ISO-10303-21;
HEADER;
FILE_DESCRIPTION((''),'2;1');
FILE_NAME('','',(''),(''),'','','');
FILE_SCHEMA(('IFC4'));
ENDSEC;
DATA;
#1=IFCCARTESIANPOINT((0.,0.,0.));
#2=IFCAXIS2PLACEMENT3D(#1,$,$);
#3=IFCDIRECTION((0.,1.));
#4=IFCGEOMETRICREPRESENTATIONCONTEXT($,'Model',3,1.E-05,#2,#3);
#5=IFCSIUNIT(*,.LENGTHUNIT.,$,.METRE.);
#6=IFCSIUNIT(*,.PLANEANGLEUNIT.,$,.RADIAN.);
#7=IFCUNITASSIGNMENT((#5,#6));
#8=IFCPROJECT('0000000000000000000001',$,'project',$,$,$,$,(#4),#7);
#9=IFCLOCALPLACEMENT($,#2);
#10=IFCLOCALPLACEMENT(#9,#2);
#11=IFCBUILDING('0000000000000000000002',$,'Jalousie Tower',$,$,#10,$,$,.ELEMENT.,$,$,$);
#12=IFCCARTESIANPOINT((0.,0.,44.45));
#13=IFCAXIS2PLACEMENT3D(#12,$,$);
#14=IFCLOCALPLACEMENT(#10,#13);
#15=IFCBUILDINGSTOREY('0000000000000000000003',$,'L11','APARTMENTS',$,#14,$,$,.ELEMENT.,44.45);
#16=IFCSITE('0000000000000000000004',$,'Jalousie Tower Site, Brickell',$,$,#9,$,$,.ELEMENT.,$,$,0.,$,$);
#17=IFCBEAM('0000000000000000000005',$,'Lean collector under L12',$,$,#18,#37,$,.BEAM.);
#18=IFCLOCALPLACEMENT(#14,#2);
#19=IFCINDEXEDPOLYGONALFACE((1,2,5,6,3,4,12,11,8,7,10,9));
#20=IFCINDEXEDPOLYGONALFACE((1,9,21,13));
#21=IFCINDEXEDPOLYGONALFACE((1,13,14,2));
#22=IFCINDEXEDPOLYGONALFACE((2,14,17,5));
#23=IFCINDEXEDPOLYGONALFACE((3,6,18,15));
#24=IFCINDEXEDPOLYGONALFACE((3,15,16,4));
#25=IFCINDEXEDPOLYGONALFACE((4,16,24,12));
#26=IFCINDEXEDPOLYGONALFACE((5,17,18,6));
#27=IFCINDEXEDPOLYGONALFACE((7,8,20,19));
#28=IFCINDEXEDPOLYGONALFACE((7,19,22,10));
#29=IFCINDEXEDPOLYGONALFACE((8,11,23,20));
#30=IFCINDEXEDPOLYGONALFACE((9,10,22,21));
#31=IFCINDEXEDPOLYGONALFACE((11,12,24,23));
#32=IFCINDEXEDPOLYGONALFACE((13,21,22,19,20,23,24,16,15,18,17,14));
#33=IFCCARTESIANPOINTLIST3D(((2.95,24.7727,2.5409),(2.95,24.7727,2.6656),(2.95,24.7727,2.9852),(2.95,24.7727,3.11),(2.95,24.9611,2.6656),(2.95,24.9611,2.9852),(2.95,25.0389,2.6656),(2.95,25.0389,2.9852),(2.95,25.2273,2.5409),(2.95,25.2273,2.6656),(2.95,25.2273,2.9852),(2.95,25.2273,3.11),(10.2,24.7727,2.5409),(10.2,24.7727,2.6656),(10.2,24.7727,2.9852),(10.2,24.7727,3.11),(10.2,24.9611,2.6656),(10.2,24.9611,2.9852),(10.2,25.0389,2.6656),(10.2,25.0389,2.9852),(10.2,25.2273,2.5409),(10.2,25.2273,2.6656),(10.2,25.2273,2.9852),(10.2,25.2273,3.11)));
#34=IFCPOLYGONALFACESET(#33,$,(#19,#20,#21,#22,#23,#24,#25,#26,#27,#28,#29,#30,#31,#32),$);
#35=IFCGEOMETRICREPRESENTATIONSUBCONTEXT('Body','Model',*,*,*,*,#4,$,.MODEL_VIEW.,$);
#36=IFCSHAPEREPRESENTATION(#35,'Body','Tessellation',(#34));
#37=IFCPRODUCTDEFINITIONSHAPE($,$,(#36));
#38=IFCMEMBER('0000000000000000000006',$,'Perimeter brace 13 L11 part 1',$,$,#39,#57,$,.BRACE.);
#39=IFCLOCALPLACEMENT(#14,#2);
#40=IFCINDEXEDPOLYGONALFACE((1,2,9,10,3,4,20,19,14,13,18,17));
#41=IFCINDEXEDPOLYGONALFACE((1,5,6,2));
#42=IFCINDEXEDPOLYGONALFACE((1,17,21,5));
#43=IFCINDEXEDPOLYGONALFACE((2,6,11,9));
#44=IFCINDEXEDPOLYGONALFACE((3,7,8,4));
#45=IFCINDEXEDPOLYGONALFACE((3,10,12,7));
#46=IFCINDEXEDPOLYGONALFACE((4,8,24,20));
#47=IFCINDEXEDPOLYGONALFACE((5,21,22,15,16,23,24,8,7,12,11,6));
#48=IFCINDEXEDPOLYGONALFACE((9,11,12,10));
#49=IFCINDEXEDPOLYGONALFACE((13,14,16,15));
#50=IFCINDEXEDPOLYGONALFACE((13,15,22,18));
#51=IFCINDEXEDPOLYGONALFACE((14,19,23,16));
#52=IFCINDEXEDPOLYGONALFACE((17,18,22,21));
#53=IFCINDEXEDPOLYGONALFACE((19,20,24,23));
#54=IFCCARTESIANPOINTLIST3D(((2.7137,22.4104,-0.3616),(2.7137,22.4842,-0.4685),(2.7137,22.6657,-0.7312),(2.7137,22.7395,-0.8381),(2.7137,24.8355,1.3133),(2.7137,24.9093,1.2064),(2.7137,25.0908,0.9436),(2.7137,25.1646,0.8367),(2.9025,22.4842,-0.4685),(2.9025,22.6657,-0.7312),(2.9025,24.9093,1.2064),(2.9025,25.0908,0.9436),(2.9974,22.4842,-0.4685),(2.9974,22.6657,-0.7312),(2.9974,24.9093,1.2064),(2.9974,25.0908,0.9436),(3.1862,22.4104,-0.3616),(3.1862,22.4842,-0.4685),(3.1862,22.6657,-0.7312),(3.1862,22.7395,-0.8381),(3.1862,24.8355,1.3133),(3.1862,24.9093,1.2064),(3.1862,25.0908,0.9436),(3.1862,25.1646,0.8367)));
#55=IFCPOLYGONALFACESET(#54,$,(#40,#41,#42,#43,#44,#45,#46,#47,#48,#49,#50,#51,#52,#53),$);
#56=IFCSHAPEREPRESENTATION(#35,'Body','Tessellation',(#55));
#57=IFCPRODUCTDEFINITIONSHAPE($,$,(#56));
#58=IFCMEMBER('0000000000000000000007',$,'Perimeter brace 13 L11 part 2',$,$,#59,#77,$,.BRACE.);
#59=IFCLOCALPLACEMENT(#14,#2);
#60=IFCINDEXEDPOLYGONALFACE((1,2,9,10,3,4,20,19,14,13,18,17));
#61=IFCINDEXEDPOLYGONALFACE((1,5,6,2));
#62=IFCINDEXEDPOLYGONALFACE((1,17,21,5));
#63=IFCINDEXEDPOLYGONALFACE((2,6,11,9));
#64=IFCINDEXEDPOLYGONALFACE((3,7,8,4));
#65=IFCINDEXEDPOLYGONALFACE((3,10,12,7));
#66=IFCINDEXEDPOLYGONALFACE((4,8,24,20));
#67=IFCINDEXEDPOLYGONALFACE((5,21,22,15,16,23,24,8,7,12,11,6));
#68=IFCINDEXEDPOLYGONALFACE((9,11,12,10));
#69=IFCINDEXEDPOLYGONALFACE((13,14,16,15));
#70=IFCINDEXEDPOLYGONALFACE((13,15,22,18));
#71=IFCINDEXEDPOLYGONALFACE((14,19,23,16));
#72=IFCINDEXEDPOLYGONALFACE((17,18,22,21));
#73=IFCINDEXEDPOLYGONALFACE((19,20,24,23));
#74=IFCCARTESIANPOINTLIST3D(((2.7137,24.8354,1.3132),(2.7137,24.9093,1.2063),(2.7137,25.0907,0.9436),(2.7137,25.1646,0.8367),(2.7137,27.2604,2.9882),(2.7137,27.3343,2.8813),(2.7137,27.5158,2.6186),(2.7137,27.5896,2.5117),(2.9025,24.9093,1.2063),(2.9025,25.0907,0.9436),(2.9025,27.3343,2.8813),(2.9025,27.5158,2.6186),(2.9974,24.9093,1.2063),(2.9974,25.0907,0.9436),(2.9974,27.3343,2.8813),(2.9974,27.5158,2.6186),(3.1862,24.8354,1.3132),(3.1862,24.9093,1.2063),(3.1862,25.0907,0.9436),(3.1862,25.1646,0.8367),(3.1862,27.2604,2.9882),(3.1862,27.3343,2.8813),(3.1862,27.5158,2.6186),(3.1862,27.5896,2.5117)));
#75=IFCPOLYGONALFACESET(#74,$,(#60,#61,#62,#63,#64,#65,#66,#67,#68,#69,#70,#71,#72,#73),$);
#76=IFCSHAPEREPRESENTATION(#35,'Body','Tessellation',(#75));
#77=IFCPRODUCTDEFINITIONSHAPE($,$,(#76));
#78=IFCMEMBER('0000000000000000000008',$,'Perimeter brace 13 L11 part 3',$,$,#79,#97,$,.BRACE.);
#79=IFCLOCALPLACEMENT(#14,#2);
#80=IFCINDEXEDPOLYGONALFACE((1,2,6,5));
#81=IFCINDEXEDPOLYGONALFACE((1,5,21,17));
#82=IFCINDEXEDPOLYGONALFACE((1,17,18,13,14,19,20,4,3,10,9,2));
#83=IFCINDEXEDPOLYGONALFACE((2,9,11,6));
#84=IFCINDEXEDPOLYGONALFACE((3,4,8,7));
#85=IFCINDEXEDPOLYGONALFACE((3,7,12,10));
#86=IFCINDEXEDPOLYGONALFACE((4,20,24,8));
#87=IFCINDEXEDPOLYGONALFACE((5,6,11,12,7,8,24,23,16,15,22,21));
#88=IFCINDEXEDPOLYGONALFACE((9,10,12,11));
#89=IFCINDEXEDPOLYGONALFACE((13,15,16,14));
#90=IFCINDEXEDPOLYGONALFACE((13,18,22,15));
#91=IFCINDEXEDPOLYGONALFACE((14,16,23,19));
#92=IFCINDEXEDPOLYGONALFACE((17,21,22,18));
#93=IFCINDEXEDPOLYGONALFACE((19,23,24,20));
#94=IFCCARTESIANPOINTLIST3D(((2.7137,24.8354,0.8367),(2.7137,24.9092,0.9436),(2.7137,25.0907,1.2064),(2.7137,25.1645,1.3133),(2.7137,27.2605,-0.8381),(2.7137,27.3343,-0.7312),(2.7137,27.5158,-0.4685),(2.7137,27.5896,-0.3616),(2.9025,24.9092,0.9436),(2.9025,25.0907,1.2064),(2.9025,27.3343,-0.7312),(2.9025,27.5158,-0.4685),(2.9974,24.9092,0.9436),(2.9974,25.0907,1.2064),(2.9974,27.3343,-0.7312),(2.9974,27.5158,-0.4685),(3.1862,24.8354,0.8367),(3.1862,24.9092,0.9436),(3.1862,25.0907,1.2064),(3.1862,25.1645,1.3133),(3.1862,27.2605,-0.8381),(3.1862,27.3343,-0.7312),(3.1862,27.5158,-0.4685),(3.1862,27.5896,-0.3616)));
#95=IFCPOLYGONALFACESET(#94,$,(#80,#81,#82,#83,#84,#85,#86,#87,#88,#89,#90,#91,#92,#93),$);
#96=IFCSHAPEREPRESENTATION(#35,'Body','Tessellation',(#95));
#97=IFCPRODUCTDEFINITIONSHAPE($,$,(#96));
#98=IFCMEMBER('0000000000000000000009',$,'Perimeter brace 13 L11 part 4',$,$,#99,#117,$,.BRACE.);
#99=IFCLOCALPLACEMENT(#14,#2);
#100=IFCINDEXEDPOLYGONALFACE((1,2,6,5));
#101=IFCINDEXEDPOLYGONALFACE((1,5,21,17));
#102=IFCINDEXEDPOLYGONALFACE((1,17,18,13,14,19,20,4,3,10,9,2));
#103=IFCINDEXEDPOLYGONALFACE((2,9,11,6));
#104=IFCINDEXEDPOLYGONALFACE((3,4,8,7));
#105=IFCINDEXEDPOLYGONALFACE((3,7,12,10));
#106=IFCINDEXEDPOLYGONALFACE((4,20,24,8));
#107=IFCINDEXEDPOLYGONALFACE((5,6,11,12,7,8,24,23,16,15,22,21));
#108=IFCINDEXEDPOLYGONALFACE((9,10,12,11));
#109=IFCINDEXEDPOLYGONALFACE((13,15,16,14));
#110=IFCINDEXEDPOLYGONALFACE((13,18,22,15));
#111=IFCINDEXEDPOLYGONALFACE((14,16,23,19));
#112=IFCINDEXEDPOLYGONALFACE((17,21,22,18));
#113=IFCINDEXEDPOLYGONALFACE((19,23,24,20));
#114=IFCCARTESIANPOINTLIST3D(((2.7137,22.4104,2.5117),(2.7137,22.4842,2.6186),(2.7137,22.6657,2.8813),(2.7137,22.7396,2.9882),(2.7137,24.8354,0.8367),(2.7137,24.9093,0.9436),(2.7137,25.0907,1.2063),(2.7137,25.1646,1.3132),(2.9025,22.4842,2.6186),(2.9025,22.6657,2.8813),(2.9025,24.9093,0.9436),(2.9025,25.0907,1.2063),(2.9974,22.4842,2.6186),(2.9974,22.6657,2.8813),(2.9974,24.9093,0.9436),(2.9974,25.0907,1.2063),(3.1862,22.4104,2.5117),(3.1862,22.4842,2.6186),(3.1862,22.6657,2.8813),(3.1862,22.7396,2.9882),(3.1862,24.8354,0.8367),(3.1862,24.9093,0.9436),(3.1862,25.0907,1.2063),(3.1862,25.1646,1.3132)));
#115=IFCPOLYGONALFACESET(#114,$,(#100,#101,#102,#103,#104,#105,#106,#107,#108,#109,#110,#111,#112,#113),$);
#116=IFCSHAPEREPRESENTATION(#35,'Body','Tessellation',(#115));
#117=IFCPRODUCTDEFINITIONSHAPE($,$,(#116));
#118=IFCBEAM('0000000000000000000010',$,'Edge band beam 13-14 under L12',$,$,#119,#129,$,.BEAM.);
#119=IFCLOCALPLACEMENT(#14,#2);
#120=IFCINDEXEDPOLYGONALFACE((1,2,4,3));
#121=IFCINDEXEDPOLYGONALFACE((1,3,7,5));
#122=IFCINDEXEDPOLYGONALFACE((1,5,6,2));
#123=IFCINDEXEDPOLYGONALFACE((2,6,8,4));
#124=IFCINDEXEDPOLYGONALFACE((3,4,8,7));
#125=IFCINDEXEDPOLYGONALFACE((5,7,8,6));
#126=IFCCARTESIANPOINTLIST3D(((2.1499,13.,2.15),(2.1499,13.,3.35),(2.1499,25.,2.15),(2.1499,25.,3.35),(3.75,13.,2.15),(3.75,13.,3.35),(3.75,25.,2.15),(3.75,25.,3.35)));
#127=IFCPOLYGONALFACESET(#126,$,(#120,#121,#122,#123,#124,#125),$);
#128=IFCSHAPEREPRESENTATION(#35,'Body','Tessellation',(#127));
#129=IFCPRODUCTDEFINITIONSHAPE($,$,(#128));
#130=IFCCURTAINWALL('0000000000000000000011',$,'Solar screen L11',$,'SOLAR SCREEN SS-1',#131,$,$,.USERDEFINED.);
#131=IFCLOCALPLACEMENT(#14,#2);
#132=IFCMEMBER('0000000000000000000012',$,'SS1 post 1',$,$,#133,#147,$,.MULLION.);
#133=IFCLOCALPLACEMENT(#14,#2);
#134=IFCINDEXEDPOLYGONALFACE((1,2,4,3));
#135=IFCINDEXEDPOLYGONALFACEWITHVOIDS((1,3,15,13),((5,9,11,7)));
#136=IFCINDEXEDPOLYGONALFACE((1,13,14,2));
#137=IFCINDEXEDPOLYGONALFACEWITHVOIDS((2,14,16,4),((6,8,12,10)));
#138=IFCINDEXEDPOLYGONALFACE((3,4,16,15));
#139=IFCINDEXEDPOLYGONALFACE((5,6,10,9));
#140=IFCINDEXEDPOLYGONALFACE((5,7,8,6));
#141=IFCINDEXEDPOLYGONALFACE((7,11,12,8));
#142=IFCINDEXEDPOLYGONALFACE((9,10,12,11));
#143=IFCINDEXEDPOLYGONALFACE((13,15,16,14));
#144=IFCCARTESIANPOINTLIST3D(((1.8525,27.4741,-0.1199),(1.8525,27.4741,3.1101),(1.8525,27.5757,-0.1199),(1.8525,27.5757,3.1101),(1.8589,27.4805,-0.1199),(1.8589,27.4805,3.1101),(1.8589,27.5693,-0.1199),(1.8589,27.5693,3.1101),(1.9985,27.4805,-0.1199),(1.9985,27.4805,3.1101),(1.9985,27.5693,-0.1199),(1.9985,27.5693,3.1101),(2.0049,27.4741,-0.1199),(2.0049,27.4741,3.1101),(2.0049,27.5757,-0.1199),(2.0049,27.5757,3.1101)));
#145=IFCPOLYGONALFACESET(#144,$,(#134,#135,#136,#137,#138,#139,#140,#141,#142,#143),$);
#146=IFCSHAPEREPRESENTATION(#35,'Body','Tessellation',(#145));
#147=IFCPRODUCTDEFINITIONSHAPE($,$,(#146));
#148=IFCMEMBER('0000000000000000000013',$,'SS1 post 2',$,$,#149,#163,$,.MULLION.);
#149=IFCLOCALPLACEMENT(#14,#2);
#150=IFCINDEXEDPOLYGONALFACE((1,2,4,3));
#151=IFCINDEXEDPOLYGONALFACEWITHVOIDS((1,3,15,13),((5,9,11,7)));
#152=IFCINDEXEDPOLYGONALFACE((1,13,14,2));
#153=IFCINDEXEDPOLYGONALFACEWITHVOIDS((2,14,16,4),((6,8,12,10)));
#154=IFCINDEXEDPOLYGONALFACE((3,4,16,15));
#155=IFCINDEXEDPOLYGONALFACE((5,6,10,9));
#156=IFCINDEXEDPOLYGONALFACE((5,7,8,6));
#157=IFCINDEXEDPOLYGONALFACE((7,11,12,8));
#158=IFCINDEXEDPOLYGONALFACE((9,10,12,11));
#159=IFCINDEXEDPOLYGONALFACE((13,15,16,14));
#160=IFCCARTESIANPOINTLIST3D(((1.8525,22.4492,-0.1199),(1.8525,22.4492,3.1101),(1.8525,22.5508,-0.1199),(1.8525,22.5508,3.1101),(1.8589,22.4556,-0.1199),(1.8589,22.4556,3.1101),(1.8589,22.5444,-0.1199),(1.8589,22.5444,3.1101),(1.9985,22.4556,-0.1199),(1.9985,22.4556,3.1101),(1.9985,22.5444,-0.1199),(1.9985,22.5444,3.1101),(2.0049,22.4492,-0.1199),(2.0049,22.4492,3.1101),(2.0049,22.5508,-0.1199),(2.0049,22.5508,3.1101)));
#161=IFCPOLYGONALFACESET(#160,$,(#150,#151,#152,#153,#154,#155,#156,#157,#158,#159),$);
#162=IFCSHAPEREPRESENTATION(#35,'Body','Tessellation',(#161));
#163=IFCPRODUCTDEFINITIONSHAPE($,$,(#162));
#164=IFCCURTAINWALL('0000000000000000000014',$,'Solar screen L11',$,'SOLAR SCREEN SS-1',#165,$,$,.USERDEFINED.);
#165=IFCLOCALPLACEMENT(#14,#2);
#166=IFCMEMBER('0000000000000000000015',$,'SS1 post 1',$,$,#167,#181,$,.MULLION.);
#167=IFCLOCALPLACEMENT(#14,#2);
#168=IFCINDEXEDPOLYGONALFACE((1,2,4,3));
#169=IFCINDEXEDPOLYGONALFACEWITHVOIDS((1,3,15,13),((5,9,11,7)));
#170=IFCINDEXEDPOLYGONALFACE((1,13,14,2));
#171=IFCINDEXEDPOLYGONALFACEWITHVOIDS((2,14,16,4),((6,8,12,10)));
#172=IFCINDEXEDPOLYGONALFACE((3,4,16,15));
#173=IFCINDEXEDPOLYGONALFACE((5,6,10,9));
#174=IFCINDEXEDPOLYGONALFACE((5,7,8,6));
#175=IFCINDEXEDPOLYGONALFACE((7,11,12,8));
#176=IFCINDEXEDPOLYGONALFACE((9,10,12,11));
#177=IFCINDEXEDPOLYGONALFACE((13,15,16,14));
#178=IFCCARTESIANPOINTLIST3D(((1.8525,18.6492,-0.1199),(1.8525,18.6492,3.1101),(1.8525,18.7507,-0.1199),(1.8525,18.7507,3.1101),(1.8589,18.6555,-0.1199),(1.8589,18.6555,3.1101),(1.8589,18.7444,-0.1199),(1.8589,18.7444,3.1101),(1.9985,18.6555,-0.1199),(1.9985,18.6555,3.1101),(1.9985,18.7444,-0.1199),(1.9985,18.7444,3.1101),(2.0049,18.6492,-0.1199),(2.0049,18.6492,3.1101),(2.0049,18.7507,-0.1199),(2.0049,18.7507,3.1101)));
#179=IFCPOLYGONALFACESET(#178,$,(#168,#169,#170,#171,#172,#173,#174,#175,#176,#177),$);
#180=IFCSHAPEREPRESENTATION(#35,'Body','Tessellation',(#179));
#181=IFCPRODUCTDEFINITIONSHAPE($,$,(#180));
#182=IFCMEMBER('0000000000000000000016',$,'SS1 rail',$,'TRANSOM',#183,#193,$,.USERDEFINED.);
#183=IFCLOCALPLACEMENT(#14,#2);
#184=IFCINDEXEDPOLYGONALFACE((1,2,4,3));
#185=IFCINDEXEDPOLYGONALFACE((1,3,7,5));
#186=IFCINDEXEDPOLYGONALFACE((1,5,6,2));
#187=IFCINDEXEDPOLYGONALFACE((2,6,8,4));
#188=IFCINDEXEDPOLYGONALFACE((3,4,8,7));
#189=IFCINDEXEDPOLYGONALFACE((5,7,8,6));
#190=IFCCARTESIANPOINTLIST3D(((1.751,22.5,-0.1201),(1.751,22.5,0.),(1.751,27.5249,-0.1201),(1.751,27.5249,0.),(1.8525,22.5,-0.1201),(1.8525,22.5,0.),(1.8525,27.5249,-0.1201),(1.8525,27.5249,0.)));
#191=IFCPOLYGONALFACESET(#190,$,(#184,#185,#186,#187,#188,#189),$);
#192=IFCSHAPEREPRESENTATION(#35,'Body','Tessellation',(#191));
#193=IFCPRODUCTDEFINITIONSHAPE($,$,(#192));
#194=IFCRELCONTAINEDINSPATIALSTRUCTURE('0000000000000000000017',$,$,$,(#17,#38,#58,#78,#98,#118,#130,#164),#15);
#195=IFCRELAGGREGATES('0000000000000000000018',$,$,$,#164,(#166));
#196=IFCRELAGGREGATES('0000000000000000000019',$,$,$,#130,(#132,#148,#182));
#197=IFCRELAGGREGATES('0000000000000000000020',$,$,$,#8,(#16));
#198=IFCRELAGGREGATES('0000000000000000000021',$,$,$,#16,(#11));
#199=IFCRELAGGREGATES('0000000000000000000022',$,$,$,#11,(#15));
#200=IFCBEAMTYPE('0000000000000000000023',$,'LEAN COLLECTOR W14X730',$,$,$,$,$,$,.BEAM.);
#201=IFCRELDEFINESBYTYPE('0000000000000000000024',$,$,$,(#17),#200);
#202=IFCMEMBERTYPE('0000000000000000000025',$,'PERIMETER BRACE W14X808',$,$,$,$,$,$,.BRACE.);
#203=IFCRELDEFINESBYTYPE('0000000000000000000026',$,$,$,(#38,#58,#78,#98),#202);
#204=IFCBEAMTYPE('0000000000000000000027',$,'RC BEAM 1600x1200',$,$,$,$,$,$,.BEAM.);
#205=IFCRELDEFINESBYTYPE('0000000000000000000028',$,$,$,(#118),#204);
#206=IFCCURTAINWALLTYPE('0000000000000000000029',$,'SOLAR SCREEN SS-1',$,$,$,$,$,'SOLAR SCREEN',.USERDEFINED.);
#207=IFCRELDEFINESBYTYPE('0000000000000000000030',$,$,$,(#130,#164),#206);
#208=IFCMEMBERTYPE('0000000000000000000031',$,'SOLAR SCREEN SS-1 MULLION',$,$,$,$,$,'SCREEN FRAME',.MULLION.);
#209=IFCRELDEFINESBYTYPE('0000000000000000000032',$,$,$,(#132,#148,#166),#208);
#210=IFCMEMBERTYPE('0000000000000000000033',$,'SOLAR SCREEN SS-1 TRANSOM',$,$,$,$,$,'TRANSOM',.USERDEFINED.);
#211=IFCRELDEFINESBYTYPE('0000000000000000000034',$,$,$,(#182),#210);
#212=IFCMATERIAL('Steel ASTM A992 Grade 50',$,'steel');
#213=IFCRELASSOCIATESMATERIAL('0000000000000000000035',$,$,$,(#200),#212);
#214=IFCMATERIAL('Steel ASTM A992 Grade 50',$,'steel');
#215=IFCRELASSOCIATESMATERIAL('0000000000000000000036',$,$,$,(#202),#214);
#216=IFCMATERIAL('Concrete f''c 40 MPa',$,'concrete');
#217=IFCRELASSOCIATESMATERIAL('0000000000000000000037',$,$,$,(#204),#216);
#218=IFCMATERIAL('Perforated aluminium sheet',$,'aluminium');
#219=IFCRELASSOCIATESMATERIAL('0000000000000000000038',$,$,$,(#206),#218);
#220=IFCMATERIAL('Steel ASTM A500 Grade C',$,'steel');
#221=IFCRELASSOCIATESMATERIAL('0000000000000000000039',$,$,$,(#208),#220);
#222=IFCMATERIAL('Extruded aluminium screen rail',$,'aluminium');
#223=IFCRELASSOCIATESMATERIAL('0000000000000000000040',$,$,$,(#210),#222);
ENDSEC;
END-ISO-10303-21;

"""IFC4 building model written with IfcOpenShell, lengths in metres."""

from ifc_helpers import new_model, si_unit, direction, frame, origin, origin_2d, place, context, subcontext, project, spatial, rectangle, hollow_rectangle, i_section, extrude, material, material_profile, profile_set, type_object, element, aggregate, save


model = new_model("IFC4")

# Units and contexts
model_context = context("Model", 3, precision=1e-05, world=origin(), true_north=direction((0.0, 1.0)))
body_context = subcontext(model_context, "Body", "Model", "MODEL_VIEW")
ifc_project = project(units=[si_unit("LENGTHUNIT", "METRE"), si_unit("PLANEANGLEUNIT", "RADIAN")], contexts=[model_context])

# Site, building, storey
site_placement = place(None, origin())
site = spatial("IfcSite", under=ifc_project, at=site_placement, Name="Jalousie Tower Site, Brickell", CompositionType="ELEMENT", RefElevation=0.0)
building_placement = place(site_placement, origin())
building = spatial("IfcBuilding", under=site, at=building_placement, Name="Jalousie Tower", CompositionType="ELEMENT")
storey_placement = place(building_placement, frame((0.0, 0.0, 44.45)))
storey = spatial("IfcBuildingStorey", under=building, at=storey_placement, Name="L11", Description="APARTMENTS", CompositionType="ELEMENT", Elevation=44.45)

# Beam
ifc_material_1 = material(Name="Steel ASTM A992 Grade 50", Category="steel")
ifc_material_profile_1 = material_profile(ifc_material_1, i_section(OverallWidth=0.4546, OverallDepth=0.5691, WebThickness=0.0779, FlangeThickness=0.1248, at=origin_2d()), Name="W14X730")
ifc_profile_set_1 = profile_set([ifc_material_profile_1], Name="Steel ASTM A992 Grade 50")
beam_type_1 = type_object("IfcBeamType", Name="LEAN COLLECTOR W14X730", PredefinedType="BEAM", material=ifc_profile_set_1)
beam_1_placement = place(storey_placement, frame((2.95, 25.0, 2.8254), z_axis=(1.0, 0.0, 0.0), x_axis=(0.0, 1.0, 0.0)))
element("IfcBeam", 1, at=beam_1_placement, inside=storey, type_object=beam_type_1, Name="Lean collector under L12", PredefinedType="BEAM", context=body_context, shape_type="SweptSolid", body=[
    extrude(i_section(OverallWidth=0.4546, OverallDepth=0.5691, WebThickness=0.0779, FlangeThickness=0.1248, at=origin_2d()), origin(), (0.0, 0.0, 1.0), 7.25),
])

# Members
ifc_material_2 = material(Name="Steel ASTM A992 Grade 50", Category="steel")
ifc_material_profile_2 = material_profile(ifc_material_2, i_section(OverallWidth=0.4724, OverallDepth=0.5791, WebThickness=0.095, FlangeThickness=0.1299, at=origin_2d()), Name="W14X808")
ifc_profile_set_2 = profile_set([ifc_material_profile_2], Name="Steel ASTM A992 Grade 50")
member_type_1 = type_object("IfcMemberType", Name="PERIMETER BRACE W14X808", PredefinedType="BRACE", material=ifc_profile_set_2)
for number, where, z_axis, x_axis, name in (
    (2, (2.95, 22.575, -0.5999), (0.0, 0.822839, 0.568275), (-1.0, 0.0, 0.0), "Perimeter brace 13 L11 part 1"),
    (3, (2.95, 25.0, 1.075), (0.0, 0.8228, 0.568331), (-1.0, 0.0, 0.0), "Perimeter brace 13 L11 part 2"),
    (4, (2.95, 27.425, -0.5999), (0.0, -0.822839, 0.568275), (1.0, 0.0, 0.0), "Perimeter brace 13 L11 part 3"),
    (5, (2.95, 25.0, 1.075), (0.0, -0.8228, 0.568331), (1.0, 0.0, 0.0), "Perimeter brace 13 L11 part 4"),
):
    element("IfcMember", number, at=place(storey_placement, frame(where, z_axis=z_axis, x_axis=x_axis)), inside=storey, type_object=member_type_1, Name=name, PredefinedType="BRACE", context=body_context, shape_type="SweptSolid", body=[
        extrude(i_section(OverallWidth=0.4724, OverallDepth=0.5791, WebThickness=0.095, FlangeThickness=0.1299, at=origin_2d()), origin(), (0.0, 0.0, 1.0), 2.9473),
    ])

# Beam
ifc_material_3 = material(Name="Concrete f'c 40 MPa", Category="concrete")
ifc_material_profile_3 = material_profile(ifc_material_3, rectangle(XDim=1.6001, YDim=1.2, at=origin_2d()), Name="RC 1600x1200")
ifc_profile_set_3 = profile_set([ifc_material_profile_3], Name="Concrete f'c 40 MPa")
beam_type_2 = type_object("IfcBeamType", Name="RC BEAM 1600x1200", PredefinedType="BEAM", material=ifc_profile_set_3)
beam_2_placement = place(storey_placement, frame((2.95, 25.0, 2.75), z_axis=(0.0, -1.0, 0.0), x_axis=(1.0, 0.0, 0.0)))
element("IfcBeam", 6, at=beam_2_placement, inside=storey, type_object=beam_type_2, Name="Edge band beam 13-14 under L12", PredefinedType="BEAM", context=body_context, shape_type="SweptSolid", body=[
    extrude(rectangle(XDim=1.6001, YDim=1.2, at=origin_2d()), origin(), (0.0, 0.0, 1.0), 12.0),
])

# Curtain wall, members
ifc_material_4 = material(Name="Perforated aluminium sheet", Category="aluminium")
curtain_wall_type = type_object("IfcCurtainWallType", Name="SOLAR SCREEN SS-1", ElementType="SOLAR SCREEN", PredefinedType="USERDEFINED", material=ifc_material_4)
curtain_wall_1_placement = place(storey_placement, origin())
curtain_wall_1 = element("IfcCurtainWall", 7, at=curtain_wall_1_placement, inside=storey, type_object=curtain_wall_type, Name="Solar screen L11", ObjectType="SOLAR SCREEN SS-1", PredefinedType="USERDEFINED")
ifc_material_5 = material(Name="Steel ASTM A500 Grade C", Category="steel")
ifc_material_profile_4 = material_profile(ifc_material_5, hollow_rectangle(XDim=0.1016, YDim=0.1523, WallThickness=0.0063, at=origin_2d()), Name="HSS6X4X1/4")
ifc_profile_set_4 = profile_set([ifc_material_profile_4], Name="Steel ASTM A500 Grade C")
member_type_2 = type_object("IfcMemberType", Name="SOLAR SCREEN SS-1 MULLION", ElementType="SCREEN FRAME", PredefinedType="MULLION", material=ifc_profile_set_4)
member_1_placement = place(storey_placement, frame((1.9287, 27.5249, -0.1199), z_axis=(0.0, 0.0, 1.0), x_axis=(0.0, -1.0, 0.0)))
member_1 = element("IfcMember", 8, at=member_1_placement, type_object=member_type_2, Name="SS1 post 1", PredefinedType="MULLION", context=body_context, shape_type="SweptSolid", body=[
    extrude(hollow_rectangle(XDim=0.1016, YDim=0.1523, WallThickness=0.0063, at=origin_2d()), origin(), (0.0, 0.0, 1.0), 3.23),
])
member_2_placement = place(storey_placement, frame((1.9287, 22.5, -0.1199), z_axis=(0.0, 0.0, 1.0), x_axis=(0.0, -1.0, 0.0)))
member_2 = element("IfcMember", 9, at=member_2_placement, type_object=member_type_2, Name="SS1 post 2", PredefinedType="MULLION", context=body_context, shape_type="SweptSolid", body=[
    extrude(hollow_rectangle(XDim=0.1016, YDim=0.1523, WallThickness=0.0063, at=origin_2d()), origin(), (0.0, 0.0, 1.0), 3.23),
])

# Curtain wall, member
curtain_wall_2_placement = place(storey_placement, origin())
curtain_wall_2 = element("IfcCurtainWall", 10, at=curtain_wall_2_placement, inside=storey, type_object=curtain_wall_type, Name="Solar screen L11", ObjectType="SOLAR SCREEN SS-1", PredefinedType="USERDEFINED")
member_3_placement = place(storey_placement, frame((1.9287, 18.7, -0.1199), z_axis=(0.0, 0.0, 1.0), x_axis=(0.0, -1.0, 0.0)))
member_3 = element("IfcMember", 11, at=member_3_placement, type_object=member_type_2, Name="SS1 post 1", PredefinedType="MULLION", context=body_context, shape_type="SweptSolid", body=[
    extrude(hollow_rectangle(XDim=0.1016, YDim=0.1523, WallThickness=0.0063, at=origin_2d()), origin(), (0.0, 0.0, 1.0), 3.23),
])

# Member
ifc_material_6 = material(Name="Extruded aluminium screen rail", Category="aluminium")
ifc_material_profile_5 = material_profile(ifc_material_6, rectangle(XDim=0.1016, YDim=0.1201, at=origin_2d()), Name="RAIL 102x120")
ifc_profile_set_5 = profile_set([ifc_material_profile_5], Name="Extruded aluminium screen rail")
member_type_3 = type_object("IfcMemberType", Name="SOLAR SCREEN SS-1 TRANSOM", ElementType="TRANSOM", PredefinedType="USERDEFINED", material=ifc_profile_set_5)
member_4_placement = place(storey_placement, frame((1.8018, 27.5249, -0.0601), z_axis=(0.0, -1.0, 0.0), x_axis=(1.0, 0.0, 0.0)))
member_4 = element("IfcMember", 12, at=member_4_placement, type_object=member_type_3, Name="SS1 rail", ObjectType="TRANSOM", PredefinedType="USERDEFINED", context=body_context, shape_type="SweptSolid", body=[
    extrude(rectangle(XDim=0.1016, YDim=0.1201, at=origin_2d()), origin(), (0.0, 0.0, 1.0), 5.0249),
])
aggregate(curtain_wall_2, [member_3])

aggregate(curtain_wall_1, [member_1, member_2, member_4])

save(model, "model.ifc")
